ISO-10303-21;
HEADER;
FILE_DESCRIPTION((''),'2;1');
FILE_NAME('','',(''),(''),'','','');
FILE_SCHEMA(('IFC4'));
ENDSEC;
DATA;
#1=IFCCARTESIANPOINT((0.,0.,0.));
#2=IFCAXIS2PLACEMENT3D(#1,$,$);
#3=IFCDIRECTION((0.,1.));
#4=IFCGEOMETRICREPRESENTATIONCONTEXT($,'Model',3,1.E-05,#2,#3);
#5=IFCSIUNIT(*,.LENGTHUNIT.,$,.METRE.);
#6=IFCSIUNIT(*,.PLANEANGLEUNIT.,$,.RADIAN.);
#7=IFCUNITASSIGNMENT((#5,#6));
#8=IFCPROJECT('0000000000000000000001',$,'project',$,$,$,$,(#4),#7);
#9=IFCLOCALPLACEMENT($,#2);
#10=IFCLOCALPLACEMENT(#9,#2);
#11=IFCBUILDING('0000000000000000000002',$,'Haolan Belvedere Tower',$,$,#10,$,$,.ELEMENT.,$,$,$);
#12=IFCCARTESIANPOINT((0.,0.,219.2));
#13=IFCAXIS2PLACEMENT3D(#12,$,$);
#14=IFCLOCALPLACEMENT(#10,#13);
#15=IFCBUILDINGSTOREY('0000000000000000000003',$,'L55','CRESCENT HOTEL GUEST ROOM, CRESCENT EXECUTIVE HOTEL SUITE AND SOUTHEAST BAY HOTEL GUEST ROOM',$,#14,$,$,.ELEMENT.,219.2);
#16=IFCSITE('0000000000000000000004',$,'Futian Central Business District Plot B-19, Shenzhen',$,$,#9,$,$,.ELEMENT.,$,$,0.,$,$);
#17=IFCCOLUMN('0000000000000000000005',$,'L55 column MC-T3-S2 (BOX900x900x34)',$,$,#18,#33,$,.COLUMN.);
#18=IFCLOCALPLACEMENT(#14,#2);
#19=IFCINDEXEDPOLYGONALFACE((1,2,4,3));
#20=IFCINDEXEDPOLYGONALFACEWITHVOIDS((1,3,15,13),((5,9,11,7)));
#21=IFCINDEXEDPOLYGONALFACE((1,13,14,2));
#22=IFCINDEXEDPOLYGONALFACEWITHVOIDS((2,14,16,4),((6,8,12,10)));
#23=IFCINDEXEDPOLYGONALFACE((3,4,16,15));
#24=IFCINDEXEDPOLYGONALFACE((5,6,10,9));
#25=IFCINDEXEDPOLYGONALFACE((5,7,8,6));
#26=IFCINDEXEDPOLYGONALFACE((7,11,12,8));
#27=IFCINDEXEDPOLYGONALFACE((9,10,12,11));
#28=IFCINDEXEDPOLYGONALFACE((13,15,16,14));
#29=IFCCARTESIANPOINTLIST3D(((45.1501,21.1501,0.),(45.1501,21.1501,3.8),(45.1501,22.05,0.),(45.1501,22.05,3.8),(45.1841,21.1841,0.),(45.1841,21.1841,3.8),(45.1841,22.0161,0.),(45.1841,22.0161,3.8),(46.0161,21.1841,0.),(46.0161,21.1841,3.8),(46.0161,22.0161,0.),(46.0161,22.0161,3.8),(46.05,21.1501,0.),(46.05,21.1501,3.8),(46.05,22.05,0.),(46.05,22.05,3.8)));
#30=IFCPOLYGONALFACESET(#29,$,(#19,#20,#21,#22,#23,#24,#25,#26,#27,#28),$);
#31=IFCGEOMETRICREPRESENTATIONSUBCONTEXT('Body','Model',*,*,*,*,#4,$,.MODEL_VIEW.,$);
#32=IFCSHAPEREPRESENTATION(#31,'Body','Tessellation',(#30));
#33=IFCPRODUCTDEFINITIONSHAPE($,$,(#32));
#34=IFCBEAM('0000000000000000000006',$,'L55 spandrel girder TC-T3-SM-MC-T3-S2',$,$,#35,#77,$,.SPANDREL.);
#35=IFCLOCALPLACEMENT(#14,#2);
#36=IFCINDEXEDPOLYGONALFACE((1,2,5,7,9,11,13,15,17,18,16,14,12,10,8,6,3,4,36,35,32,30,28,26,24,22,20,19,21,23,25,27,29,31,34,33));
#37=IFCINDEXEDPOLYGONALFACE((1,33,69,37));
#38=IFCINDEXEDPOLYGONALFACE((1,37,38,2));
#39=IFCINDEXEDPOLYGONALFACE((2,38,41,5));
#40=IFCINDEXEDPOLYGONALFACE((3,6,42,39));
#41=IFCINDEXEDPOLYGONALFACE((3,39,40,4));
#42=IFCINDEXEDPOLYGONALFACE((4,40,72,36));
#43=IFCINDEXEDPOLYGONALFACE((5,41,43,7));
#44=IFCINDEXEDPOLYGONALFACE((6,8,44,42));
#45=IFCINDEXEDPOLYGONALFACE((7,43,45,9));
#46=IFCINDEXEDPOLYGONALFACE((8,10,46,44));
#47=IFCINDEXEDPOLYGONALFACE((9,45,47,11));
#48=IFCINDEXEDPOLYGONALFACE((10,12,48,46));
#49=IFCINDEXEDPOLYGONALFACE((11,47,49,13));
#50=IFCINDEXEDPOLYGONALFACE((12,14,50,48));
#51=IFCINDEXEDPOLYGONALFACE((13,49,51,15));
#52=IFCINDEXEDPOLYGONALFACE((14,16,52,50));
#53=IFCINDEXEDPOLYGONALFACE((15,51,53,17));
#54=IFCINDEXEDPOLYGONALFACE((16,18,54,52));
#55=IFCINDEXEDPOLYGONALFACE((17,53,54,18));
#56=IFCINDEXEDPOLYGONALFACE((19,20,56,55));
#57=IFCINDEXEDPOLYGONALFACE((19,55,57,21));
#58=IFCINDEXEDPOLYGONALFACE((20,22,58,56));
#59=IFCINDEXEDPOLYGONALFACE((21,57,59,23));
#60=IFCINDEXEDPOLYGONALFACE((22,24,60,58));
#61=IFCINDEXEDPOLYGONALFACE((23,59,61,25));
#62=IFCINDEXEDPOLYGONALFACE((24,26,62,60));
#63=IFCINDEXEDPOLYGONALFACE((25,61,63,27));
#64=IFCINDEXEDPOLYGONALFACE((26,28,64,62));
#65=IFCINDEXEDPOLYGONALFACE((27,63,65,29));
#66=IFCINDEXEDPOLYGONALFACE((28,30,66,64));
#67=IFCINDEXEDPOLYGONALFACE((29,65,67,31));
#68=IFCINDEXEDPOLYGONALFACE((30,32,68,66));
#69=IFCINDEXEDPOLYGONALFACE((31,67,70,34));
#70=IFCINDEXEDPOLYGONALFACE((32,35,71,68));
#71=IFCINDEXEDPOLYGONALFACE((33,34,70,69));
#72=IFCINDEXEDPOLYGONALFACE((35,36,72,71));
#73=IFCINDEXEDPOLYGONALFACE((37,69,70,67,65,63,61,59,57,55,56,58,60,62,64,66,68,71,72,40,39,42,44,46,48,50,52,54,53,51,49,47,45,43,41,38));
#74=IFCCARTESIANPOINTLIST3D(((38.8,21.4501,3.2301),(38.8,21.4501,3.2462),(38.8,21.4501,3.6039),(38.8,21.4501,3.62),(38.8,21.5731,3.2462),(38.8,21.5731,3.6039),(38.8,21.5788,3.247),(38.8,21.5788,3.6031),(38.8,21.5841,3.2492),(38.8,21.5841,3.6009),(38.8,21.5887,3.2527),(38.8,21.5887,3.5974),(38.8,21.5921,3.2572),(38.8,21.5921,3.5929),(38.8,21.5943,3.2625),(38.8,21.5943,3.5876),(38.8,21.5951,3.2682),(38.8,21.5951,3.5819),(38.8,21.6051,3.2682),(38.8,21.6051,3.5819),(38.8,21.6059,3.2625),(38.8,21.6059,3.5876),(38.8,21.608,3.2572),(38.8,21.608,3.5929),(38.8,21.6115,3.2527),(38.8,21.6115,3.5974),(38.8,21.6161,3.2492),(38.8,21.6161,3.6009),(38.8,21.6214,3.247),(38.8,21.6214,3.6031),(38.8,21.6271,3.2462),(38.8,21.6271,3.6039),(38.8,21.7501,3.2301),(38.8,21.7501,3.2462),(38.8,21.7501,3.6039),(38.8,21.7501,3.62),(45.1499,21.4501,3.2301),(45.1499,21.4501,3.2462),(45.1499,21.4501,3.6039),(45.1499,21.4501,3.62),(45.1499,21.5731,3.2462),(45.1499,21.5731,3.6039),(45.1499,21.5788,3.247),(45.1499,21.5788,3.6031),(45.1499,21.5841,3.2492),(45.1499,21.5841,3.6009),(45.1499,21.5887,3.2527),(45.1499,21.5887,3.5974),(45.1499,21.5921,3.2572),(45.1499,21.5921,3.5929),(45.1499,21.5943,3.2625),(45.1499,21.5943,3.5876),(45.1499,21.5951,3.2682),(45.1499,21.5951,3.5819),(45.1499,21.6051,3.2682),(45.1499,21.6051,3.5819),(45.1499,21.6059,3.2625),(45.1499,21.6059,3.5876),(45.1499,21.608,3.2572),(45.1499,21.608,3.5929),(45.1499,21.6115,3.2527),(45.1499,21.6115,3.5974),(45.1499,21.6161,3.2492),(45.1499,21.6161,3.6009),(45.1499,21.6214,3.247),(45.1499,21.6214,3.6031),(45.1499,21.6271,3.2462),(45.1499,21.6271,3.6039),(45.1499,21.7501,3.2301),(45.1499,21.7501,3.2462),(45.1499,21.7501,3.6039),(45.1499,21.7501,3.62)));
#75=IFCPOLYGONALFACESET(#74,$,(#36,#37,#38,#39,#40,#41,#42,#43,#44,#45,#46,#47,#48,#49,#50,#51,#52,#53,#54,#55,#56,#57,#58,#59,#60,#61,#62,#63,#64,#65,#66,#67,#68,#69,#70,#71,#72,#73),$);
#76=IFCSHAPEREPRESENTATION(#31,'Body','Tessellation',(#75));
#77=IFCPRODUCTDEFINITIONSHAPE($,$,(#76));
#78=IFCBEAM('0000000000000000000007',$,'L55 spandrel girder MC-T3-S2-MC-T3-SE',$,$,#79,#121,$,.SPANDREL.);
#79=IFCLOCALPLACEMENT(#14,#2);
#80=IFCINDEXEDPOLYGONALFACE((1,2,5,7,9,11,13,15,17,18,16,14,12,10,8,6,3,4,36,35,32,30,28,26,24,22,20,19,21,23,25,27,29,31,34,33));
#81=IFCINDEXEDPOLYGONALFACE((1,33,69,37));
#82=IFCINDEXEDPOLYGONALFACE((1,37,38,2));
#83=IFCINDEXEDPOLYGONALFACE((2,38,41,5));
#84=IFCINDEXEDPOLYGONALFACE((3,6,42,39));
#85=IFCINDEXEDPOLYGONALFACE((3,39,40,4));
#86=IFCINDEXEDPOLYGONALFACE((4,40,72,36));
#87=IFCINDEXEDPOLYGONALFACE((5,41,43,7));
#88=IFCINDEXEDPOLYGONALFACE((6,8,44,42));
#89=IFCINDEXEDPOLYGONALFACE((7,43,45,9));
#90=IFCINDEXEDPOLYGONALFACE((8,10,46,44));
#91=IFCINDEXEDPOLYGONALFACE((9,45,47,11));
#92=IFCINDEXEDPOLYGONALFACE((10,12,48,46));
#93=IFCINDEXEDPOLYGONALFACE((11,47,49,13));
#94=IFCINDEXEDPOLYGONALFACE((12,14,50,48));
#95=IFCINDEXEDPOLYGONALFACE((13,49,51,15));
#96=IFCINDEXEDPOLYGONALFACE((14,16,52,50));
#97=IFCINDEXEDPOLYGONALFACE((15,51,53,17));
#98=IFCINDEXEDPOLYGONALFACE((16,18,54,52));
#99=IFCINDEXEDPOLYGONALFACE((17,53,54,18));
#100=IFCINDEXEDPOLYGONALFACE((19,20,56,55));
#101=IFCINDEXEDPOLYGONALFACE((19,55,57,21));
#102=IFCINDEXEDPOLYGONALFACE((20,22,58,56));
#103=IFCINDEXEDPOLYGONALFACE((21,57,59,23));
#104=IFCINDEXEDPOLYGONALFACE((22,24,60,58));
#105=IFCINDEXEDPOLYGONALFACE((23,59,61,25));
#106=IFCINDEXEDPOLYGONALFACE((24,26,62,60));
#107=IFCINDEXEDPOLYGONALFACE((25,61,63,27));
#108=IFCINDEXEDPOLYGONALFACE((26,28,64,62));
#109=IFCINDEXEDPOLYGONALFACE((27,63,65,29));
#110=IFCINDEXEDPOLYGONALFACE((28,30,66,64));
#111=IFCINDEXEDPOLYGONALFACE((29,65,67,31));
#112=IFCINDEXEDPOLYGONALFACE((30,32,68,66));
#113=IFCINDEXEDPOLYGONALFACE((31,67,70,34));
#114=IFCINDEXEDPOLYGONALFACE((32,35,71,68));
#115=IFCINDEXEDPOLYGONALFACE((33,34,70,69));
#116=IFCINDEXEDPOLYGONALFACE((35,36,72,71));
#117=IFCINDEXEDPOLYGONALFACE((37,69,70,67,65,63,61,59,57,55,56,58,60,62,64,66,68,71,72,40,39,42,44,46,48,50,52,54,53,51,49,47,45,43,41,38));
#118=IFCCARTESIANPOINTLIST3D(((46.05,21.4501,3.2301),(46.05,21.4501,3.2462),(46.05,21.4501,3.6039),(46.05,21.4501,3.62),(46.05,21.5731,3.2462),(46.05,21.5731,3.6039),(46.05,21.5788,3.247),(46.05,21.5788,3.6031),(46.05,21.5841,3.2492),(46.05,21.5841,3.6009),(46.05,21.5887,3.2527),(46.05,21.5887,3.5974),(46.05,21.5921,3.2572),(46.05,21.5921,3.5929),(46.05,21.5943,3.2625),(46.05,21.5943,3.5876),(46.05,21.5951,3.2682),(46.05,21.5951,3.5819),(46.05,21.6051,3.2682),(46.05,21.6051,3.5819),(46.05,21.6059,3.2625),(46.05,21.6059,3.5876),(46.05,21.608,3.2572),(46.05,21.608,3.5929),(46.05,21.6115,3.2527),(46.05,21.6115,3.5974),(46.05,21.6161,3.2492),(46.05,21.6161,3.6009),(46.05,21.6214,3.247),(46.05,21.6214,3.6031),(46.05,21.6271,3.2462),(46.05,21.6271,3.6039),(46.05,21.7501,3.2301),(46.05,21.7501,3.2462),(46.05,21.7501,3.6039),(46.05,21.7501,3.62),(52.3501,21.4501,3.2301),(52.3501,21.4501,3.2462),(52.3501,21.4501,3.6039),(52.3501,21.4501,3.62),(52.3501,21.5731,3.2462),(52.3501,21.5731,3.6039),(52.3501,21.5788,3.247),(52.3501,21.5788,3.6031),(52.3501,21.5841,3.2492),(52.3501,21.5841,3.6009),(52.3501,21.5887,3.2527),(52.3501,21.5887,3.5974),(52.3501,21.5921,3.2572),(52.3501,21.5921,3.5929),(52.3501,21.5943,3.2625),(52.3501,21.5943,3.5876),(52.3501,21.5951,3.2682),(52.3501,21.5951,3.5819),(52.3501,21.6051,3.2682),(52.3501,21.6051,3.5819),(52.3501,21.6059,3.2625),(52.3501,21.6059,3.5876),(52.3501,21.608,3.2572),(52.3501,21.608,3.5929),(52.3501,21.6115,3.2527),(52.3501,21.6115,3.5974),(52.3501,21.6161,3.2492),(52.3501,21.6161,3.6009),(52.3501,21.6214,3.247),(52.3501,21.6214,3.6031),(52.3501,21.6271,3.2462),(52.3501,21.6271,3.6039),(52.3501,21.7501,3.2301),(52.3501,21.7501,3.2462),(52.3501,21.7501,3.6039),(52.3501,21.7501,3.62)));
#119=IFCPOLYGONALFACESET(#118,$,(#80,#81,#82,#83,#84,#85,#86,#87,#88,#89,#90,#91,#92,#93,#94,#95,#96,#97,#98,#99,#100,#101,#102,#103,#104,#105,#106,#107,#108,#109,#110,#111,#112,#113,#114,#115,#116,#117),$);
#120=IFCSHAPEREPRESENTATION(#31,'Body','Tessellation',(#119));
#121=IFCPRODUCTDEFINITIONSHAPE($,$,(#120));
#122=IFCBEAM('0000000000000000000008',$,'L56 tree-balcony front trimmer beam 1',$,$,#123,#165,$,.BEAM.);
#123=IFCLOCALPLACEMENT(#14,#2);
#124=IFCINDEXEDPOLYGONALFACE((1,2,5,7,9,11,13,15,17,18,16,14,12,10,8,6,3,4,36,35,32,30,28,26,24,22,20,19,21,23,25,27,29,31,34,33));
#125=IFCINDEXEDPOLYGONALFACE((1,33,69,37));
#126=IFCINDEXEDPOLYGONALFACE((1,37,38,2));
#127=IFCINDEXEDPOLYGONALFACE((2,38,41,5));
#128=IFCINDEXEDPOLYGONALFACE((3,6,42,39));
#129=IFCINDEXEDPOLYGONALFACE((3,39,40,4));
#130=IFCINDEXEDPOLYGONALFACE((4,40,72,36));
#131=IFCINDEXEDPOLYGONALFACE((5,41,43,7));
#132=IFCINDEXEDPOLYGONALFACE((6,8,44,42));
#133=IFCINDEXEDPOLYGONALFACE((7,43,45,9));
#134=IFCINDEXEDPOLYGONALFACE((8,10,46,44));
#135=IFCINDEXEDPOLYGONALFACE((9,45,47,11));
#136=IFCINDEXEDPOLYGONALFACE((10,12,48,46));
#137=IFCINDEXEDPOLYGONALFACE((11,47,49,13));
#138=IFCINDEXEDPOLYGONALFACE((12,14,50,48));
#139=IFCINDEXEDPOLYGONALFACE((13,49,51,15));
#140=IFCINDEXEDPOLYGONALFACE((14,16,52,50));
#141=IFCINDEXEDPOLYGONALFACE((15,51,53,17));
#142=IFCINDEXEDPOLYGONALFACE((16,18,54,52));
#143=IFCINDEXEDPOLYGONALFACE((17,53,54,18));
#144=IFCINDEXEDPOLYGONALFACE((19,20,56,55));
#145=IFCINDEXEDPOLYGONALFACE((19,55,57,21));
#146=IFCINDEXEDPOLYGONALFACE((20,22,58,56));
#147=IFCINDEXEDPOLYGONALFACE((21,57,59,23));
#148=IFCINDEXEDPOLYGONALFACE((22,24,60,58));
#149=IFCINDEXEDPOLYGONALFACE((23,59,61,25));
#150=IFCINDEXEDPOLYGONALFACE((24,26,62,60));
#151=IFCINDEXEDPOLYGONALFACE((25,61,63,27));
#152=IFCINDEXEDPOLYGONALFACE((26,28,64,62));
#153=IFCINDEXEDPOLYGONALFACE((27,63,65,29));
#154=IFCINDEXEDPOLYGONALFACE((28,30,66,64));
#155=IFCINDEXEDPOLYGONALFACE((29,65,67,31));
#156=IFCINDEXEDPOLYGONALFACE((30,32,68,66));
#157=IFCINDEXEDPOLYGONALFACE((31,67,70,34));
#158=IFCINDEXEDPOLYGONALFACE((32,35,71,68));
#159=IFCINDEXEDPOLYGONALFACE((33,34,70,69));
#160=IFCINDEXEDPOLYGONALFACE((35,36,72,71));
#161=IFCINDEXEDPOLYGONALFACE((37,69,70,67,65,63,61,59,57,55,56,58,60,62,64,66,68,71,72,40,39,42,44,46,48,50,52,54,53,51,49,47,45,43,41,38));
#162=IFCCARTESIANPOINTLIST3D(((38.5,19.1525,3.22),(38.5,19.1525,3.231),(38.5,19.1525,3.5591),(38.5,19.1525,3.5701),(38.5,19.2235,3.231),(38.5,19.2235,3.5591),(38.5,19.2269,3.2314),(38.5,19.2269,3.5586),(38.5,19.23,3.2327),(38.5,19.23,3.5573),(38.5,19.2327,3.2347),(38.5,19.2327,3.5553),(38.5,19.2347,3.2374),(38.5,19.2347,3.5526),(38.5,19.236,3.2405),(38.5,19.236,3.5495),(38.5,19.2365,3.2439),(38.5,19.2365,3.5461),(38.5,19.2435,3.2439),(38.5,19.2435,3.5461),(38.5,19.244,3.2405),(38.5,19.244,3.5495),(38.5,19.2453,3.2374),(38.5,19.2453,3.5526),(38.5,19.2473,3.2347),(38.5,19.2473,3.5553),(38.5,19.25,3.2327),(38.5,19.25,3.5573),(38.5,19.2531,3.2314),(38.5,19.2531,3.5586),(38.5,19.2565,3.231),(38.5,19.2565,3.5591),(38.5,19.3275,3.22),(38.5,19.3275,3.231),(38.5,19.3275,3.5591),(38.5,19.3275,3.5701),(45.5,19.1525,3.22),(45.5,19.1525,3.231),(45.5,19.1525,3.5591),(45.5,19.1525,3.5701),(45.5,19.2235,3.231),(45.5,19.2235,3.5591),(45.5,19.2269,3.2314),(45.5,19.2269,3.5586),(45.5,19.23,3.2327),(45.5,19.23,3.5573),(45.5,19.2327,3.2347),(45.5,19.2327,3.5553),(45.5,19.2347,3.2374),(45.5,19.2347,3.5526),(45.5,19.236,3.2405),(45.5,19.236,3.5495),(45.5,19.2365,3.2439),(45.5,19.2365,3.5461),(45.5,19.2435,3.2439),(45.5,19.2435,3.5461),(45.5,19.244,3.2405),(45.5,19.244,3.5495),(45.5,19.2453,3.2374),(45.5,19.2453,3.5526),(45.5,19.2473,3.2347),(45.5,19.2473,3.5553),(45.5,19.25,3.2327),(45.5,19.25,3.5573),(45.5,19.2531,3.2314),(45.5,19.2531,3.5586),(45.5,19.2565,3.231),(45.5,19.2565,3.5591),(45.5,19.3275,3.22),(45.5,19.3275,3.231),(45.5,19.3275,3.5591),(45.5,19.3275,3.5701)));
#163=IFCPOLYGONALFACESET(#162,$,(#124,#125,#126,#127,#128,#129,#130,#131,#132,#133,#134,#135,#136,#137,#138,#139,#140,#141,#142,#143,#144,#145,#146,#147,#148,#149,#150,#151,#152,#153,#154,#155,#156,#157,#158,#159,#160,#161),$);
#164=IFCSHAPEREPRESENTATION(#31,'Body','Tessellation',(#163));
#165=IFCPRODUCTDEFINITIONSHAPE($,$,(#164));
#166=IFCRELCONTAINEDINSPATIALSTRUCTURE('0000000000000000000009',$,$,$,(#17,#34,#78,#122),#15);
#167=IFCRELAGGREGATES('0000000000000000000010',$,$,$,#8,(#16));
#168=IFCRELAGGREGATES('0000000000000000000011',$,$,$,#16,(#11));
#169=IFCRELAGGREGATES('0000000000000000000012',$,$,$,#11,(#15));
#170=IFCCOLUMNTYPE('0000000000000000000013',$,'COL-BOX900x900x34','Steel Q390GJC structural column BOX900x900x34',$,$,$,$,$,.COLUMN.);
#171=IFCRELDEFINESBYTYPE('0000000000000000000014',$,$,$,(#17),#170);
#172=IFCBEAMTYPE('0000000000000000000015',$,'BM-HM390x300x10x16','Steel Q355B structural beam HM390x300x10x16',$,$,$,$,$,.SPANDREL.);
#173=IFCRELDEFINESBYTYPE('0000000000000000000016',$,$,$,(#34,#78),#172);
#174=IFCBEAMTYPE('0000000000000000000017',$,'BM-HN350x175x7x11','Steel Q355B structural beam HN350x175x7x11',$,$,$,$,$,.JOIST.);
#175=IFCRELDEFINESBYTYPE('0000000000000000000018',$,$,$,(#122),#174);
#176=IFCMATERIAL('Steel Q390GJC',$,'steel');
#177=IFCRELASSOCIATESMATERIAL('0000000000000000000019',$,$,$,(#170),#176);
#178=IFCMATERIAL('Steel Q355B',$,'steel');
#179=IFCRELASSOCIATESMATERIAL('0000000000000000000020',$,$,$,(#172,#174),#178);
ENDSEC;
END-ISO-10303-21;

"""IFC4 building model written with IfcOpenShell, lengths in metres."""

from ifc_helpers import new_model, si_unit, direction, frame, origin, origin_2d, place, context, subcontext, project, spatial, hollow_rectangle, i_section, extrude, material, material_profile, profile_set, type_object, element, save


model = new_model("IFC4")

# Units and contexts
model_context = context("Model", 3, precision=1e-05, world=origin(), true_north=direction((0.0, 1.0)))
body_context = subcontext(model_context, "Body", "Model", "MODEL_VIEW")
ifc_project = project(units=[si_unit("LENGTHUNIT", "METRE"), si_unit("PLANEANGLEUNIT", "RADIAN")], contexts=[model_context])

# Site, building, storey
site_placement = place(None, origin())
site = spatial("IfcSite", under=ifc_project, at=site_placement, Name="Futian Central Business District Plot B-19, Shenzhen", CompositionType="ELEMENT", RefElevation=0.0)
building_placement = place(site_placement, origin())
building = spatial("IfcBuilding", under=site, at=building_placement, Name="Haolan Belvedere Tower", CompositionType="ELEMENT")
storey_placement = place(building_placement, frame((0.0, 0.0, 219.2)))
storey = spatial("IfcBuildingStorey", under=building, at=storey_placement, Name="L55", Description="CRESCENT HOTEL GUEST ROOM, CRESCENT EXECUTIVE HOTEL SUITE AND SOUTHEAST BAY HOTEL GUEST ROOM", CompositionType="ELEMENT", Elevation=219.2)

# Column
ifc_material_1 = material(Name="Steel Q390GJC", Category="steel")
ifc_material_profile_1 = material_profile(ifc_material_1, hollow_rectangle(XDim=0.8999, YDim=0.8999, WallThickness=0.0339, at=origin_2d()), Name="Steel Q390GJC")
ifc_profile_set_1 = profile_set([ifc_material_profile_1], Name="Steel Q390GJC")
column_type = type_object("IfcColumnType", Name="COL-BOX900x900x34", Description="Steel Q390GJC structural column BOX900x900x34", PredefinedType="COLUMN", material=ifc_profile_set_1)
column_placement = place(storey_placement, frame((45.6001, 21.6001, 0.0), z_axis=(0.0, 0.0, 1.0), x_axis=(1.0, 0.0, 0.0)))
element("IfcColumn", 1, at=column_placement, inside=storey, type_object=column_type, Name="L55 column MC-T3-S2 (BOX900x900x34)", PredefinedType="COLUMN", context=body_context, shape_type="SweptSolid", body=[
    extrude(hollow_rectangle(XDim=0.8999, YDim=0.8999, WallThickness=0.0339, at=origin_2d()), origin(), (0.0, 0.0, 1.0), 3.8),
])

# Beams
ifc_material_2 = material(Name="Steel Q355B", Category="steel")
ifc_material_profile_2 = material_profile(ifc_material_2, i_section(OverallWidth=0.3, OverallDepth=0.3899, WebThickness=0.01, FlangeThickness=0.0161, FilletRadius=0.022, at=origin_2d()), Name="Steel Q355B")
ifc_profile_set_2 = profile_set([ifc_material_profile_2], Name="Steel Q355B")
beam_type_1 = type_object("IfcBeamType", Name="BM-HM390x300x10x16", Description="Steel Q355B structural beam HM390x300x10x16", PredefinedType="SPANDREL", material=ifc_profile_set_2)
beam_1_placement = place(storey_placement, frame((38.8, 21.6001, 3.425), z_axis=(1.0, 0.0, 0.0), x_axis=(0.0, 1.0, 0.0)))
element("IfcBeam", 2, at=beam_1_placement, inside=storey, type_object=beam_type_1, Name="L55 spandrel girder TC-T3-SM-MC-T3-S2", PredefinedType="SPANDREL", context=body_context, shape_type="SweptSolid", body=[
    extrude(i_section(OverallWidth=0.3, OverallDepth=0.3899, WebThickness=0.01, FlangeThickness=0.0161, FilletRadius=0.022, at=origin_2d()), origin(), (0.0, 0.0, 1.0), 6.3499),
])
beam_2_placement = place(storey_placement, frame((46.05, 21.6001, 3.425), z_axis=(1.0, 0.0, 0.0), x_axis=(0.0, 1.0, 0.0)))
element("IfcBeam", 3, at=beam_2_placement, inside=storey, type_object=beam_type_1, Name="L55 spandrel girder MC-T3-S2-MC-T3-SE", PredefinedType="SPANDREL", context=body_context, shape_type="SweptSolid", body=[
    extrude(i_section(OverallWidth=0.3, OverallDepth=0.3899, WebThickness=0.01, FlangeThickness=0.0161, FilletRadius=0.022, at=origin_2d()), origin(), (0.0, 0.0, 1.0), 6.3),
])
ifc_material_profile_3 = material_profile(ifc_material_2, i_section(OverallWidth=0.175, OverallDepth=0.3501, WebThickness=0.0071, FlangeThickness=0.011, FilletRadius=0.0129, at=origin_2d()), Name="Steel Q355B")
ifc_profile_set_3 = profile_set([ifc_material_profile_3], Name="Steel Q355B")
beam_type_2 = type_object("IfcBeamType", Name="BM-HN350x175x7x11", Description="Steel Q355B structural beam HN350x175x7x11", PredefinedType="JOIST", material=ifc_profile_set_3)
beam_3_placement = place(storey_placement, frame((38.5, 19.24, 3.395), z_axis=(1.0, 0.0, 0.0), x_axis=(0.0, 1.0, 0.0)))
element("IfcBeam", 4, at=beam_3_placement, inside=storey, type_object=beam_type_2, Name="L56 tree-balcony front trimmer beam 1", PredefinedType="BEAM", context=body_context, shape_type="SweptSolid", body=[
    extrude(i_section(OverallWidth=0.175, OverallDepth=0.3501, WebThickness=0.0071, FlangeThickness=0.011, FilletRadius=0.0129, at=origin_2d()), origin(), (0.0, 0.0, 1.0), 7.0),
])

save(model, "model.ifc")
